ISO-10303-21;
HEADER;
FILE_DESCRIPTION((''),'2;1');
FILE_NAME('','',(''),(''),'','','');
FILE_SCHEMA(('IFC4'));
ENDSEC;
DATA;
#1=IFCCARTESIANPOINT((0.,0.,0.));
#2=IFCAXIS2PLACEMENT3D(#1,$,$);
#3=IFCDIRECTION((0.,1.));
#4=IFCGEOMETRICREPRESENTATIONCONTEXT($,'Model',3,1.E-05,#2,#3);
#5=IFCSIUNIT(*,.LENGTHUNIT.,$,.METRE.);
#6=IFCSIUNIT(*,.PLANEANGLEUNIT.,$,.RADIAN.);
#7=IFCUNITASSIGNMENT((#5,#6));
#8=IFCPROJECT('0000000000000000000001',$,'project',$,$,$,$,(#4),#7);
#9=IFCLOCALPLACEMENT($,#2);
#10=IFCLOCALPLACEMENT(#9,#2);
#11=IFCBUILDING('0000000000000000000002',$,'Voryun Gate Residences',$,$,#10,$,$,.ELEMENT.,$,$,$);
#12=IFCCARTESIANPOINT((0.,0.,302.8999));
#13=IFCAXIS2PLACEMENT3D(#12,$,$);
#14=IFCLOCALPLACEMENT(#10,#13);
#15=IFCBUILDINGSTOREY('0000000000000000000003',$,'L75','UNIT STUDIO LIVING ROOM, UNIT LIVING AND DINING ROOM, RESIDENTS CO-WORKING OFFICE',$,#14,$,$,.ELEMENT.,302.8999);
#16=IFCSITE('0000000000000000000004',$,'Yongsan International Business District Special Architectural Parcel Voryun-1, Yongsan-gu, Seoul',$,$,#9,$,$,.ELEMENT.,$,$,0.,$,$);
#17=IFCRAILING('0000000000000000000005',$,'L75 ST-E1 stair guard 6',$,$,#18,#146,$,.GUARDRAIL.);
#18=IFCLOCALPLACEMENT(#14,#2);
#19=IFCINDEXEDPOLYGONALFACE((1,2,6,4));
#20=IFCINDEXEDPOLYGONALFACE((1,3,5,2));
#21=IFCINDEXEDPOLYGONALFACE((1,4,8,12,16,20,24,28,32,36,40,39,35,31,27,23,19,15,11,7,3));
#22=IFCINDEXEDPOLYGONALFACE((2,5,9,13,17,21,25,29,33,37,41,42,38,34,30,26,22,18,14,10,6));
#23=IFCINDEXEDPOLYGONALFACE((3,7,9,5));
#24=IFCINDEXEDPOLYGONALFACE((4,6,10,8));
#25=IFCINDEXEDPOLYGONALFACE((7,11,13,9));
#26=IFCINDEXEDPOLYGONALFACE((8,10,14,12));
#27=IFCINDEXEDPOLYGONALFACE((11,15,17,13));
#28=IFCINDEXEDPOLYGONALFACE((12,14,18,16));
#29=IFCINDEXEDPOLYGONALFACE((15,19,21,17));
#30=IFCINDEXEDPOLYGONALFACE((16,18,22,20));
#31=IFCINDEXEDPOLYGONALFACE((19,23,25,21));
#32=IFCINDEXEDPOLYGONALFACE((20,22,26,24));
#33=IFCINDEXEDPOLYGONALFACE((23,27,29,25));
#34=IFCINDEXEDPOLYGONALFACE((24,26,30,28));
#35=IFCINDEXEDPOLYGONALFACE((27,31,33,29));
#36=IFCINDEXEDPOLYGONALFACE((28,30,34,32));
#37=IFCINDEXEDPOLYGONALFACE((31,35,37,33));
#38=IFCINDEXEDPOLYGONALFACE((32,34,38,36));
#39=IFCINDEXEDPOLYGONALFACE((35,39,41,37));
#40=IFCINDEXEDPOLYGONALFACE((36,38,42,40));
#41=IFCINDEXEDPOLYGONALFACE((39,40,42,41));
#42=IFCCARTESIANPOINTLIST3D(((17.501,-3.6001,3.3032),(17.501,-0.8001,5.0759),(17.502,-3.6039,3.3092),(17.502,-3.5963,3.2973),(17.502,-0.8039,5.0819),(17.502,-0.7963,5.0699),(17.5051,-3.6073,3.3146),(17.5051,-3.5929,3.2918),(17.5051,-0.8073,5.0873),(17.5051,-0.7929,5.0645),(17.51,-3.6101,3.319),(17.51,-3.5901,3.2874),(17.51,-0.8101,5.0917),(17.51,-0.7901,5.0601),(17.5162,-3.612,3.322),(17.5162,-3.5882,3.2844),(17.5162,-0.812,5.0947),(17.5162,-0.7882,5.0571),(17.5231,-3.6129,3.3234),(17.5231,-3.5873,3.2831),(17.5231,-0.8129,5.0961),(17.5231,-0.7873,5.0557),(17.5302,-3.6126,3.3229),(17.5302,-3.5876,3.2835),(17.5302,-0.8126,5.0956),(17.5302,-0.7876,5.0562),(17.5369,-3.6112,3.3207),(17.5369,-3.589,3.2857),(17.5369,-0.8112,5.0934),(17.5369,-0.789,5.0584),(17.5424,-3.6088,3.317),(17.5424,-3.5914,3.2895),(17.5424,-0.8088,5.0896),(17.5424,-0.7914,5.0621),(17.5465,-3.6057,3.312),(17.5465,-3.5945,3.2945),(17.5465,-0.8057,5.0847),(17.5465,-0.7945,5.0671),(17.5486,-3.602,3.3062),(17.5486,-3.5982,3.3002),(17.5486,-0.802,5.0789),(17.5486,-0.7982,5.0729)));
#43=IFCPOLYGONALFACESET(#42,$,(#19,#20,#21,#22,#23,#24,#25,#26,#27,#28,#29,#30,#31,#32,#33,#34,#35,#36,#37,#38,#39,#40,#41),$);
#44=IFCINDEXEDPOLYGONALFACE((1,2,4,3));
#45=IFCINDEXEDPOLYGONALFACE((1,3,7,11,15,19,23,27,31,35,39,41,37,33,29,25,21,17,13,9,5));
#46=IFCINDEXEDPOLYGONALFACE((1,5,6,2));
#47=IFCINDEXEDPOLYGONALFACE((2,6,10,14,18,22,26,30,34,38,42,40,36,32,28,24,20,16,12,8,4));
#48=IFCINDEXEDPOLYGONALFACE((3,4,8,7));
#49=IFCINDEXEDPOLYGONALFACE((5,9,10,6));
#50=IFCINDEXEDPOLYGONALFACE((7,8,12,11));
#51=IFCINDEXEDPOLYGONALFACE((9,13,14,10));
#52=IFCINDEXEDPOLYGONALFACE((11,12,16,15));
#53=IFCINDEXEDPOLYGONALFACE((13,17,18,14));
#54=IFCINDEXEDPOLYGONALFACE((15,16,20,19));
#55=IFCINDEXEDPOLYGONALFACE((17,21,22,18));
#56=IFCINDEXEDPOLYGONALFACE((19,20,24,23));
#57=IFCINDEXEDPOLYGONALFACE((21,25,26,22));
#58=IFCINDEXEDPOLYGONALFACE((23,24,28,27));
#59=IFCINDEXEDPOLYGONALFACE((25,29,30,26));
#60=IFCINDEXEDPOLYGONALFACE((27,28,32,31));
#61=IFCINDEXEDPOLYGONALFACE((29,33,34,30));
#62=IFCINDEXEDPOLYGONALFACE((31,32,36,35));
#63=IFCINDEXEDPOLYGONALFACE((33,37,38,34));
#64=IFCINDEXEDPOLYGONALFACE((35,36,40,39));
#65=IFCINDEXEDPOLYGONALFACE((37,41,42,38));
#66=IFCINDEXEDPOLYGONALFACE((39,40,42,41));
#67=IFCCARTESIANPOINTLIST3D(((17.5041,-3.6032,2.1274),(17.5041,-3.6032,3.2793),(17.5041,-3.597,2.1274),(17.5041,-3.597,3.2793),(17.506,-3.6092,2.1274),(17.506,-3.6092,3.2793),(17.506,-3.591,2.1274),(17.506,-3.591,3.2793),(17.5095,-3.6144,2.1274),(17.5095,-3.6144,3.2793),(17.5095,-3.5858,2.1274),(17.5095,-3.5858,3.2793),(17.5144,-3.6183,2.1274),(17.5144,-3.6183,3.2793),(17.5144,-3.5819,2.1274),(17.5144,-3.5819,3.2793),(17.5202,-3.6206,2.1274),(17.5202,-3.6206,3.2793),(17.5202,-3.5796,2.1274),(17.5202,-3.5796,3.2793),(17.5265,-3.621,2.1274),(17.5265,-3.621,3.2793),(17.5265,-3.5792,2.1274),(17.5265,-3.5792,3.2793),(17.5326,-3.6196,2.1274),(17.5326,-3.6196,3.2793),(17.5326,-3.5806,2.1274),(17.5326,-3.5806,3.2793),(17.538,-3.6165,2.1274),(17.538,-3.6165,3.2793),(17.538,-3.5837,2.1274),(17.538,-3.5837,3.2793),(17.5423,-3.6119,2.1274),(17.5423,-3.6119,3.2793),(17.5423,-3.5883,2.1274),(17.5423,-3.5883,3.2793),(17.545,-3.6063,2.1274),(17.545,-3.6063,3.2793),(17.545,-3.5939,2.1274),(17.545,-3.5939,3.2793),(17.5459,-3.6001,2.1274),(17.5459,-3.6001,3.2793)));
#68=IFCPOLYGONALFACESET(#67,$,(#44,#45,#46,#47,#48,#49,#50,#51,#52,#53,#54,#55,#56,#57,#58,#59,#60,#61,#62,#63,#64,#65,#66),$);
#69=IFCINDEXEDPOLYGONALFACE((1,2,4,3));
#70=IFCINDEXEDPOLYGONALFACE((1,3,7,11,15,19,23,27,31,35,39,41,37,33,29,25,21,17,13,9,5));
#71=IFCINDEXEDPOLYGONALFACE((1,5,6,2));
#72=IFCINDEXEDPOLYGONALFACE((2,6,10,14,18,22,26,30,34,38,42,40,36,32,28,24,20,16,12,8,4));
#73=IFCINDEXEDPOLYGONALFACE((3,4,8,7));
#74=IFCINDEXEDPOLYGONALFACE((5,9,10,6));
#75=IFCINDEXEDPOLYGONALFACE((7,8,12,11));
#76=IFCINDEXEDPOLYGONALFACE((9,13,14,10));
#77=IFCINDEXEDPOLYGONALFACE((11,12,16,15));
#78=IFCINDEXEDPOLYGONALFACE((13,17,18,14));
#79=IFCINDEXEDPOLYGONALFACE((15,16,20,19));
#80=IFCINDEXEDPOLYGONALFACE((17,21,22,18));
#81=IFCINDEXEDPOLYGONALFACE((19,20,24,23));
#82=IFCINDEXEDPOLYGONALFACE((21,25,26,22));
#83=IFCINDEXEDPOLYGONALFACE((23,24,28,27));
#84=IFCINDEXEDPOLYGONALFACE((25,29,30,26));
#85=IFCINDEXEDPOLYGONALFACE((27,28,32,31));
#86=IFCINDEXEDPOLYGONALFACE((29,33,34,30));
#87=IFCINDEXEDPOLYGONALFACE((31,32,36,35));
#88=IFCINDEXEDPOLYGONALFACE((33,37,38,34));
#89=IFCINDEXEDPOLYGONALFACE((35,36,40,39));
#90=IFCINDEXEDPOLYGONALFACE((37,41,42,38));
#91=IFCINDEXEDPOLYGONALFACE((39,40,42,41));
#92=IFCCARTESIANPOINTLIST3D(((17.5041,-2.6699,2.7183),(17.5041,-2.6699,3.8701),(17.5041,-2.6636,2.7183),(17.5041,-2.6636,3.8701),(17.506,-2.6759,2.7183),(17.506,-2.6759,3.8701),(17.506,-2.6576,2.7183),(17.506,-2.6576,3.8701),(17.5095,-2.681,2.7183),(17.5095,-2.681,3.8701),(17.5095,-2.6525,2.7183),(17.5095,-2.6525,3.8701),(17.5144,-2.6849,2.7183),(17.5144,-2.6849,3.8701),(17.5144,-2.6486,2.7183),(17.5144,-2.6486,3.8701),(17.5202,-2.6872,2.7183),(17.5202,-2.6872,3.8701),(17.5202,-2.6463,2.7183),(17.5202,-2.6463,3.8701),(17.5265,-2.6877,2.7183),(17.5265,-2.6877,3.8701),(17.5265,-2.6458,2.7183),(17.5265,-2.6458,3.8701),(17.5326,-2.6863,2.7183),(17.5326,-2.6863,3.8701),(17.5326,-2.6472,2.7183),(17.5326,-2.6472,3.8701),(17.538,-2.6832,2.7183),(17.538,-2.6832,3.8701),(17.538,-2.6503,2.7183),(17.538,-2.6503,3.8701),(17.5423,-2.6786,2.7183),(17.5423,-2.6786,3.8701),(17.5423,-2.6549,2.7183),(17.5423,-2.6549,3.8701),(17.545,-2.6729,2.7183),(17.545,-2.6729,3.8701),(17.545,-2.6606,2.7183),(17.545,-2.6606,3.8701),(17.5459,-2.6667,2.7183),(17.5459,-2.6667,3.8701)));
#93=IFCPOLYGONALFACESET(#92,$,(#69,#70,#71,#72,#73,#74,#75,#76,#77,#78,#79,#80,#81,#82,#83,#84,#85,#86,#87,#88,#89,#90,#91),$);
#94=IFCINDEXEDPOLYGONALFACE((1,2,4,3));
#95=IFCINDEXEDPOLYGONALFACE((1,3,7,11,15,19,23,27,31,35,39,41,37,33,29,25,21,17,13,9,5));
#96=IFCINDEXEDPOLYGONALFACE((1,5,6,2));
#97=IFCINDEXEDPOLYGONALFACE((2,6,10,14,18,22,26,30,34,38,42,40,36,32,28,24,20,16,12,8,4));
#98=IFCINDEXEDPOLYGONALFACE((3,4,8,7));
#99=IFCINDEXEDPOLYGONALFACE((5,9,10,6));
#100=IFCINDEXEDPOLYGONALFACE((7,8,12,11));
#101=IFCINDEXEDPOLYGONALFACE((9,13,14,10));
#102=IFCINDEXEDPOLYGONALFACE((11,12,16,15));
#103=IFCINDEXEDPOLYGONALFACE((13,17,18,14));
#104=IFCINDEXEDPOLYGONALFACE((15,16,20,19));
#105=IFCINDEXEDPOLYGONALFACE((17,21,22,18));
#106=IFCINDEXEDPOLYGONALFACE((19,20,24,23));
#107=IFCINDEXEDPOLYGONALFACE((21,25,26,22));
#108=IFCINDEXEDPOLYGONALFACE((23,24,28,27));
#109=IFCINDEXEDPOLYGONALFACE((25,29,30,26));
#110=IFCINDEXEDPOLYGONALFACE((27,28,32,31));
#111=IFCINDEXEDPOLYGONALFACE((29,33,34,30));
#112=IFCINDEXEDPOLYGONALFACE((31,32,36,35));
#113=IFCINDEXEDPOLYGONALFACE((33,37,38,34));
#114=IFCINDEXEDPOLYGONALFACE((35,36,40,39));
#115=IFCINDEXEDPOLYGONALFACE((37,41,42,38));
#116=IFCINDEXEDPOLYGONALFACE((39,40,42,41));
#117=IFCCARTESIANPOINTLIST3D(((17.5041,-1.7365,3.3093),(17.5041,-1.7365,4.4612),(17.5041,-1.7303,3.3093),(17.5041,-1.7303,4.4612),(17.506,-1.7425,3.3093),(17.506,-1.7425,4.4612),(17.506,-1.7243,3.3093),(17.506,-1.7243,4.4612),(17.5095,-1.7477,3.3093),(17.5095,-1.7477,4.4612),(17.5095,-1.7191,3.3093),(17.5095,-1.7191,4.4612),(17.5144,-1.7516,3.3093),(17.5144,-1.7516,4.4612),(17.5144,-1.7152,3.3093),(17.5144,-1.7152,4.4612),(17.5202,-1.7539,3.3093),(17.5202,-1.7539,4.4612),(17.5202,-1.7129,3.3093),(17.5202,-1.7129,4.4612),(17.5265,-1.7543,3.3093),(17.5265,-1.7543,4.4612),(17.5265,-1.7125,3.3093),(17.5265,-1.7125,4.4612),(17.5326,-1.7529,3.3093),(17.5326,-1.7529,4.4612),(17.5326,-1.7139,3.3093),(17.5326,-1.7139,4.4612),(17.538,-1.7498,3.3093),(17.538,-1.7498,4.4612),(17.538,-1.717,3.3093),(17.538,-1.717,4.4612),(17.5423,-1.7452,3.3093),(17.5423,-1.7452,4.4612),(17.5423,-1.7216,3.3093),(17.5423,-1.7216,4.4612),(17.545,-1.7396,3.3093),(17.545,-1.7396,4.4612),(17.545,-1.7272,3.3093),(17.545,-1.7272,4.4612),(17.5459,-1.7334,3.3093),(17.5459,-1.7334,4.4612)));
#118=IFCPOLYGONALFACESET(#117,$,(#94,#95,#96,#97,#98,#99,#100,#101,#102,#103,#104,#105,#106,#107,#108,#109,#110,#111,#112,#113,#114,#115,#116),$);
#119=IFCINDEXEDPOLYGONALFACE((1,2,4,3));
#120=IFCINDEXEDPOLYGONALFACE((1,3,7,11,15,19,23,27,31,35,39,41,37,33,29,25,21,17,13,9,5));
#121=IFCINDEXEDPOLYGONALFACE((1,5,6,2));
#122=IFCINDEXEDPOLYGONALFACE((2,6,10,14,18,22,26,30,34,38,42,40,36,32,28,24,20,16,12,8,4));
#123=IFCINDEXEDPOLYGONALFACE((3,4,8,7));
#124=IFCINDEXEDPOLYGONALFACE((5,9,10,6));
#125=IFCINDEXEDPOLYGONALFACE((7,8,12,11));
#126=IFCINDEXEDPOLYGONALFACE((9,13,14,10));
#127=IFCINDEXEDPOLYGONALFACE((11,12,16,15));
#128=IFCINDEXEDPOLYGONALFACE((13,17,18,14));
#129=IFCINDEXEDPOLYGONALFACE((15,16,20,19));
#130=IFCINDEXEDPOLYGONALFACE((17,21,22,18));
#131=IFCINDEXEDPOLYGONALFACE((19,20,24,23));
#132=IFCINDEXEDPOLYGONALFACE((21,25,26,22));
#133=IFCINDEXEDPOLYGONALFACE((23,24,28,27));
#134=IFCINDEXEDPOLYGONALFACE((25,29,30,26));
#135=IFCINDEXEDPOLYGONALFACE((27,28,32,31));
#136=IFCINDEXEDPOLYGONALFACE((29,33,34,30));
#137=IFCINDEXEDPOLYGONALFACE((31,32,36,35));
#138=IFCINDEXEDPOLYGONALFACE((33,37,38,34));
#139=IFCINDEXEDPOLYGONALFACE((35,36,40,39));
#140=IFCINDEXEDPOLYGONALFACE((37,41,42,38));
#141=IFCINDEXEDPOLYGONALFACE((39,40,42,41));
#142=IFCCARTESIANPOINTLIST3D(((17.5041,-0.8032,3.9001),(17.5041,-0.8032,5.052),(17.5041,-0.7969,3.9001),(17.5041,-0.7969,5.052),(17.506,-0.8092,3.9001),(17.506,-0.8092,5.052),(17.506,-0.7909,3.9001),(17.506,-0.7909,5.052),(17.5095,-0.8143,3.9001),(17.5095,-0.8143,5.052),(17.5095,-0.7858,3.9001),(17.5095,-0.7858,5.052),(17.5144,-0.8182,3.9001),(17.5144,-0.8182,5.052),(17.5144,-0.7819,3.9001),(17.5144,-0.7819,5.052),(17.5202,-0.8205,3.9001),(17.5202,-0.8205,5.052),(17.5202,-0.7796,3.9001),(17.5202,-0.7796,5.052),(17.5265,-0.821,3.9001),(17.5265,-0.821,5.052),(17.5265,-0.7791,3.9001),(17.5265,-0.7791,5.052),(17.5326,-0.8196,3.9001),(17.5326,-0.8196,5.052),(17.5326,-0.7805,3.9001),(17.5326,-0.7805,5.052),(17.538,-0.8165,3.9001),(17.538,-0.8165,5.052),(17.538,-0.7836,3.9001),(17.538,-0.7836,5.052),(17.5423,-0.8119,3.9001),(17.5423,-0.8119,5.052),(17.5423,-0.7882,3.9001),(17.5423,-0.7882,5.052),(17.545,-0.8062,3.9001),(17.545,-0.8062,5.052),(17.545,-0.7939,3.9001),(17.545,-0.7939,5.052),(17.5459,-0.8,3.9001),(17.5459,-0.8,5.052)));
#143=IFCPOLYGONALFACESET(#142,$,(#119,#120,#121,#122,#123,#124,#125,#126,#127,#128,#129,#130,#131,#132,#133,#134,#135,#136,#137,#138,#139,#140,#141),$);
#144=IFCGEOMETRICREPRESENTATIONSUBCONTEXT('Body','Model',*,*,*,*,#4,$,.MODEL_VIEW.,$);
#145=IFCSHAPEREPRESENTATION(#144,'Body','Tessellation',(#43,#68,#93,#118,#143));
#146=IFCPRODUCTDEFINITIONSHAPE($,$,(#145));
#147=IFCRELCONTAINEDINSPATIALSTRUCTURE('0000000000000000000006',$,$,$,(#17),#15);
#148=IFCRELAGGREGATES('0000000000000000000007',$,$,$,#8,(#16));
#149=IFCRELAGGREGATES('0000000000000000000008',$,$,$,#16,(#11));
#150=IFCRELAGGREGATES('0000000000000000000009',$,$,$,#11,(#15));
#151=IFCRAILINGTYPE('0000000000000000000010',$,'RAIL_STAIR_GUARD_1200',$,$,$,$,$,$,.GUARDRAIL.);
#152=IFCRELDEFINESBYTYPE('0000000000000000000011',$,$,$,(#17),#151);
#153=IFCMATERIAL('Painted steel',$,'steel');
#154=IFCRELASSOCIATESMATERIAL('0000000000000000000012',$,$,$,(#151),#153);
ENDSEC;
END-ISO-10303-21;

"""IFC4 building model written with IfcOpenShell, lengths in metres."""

from ifc_helpers import new_model, si_unit, direction, frame, origin, origin_2d, place, context, subcontext, project, spatial, circle, extrude, material, type_object, element, save


model = new_model("IFC4")

# Units and contexts
model_context = context("Model", 3, precision=1e-05, world=origin(), true_north=direction((0.0, 1.0)))
body_context = subcontext(model_context, "Body", "Model", "MODEL_VIEW")
ifc_project = project(units=[si_unit("LENGTHUNIT", "METRE"), si_unit("PLANEANGLEUNIT", "RADIAN")], contexts=[model_context])

# Site, building, storey
site_placement = place(None, origin())
site = spatial("IfcSite", under=ifc_project, at=site_placement, Name="Yongsan International Business District Special Architectural Parcel Voryun-1, Yongsan-gu, Seoul", CompositionType="ELEMENT", RefElevation=0.0)
building_placement = place(site_placement, origin())
building = spatial("IfcBuilding", under=site, at=building_placement, Name="Voryun Gate Residences", CompositionType="ELEMENT")
storey_placement = place(building_placement, frame((0.0, 0.0, 302.8999)))
storey = spatial("IfcBuildingStorey", under=building, at=storey_placement, Name="L75", Description="UNIT STUDIO LIVING ROOM, UNIT LIVING AND DINING ROOM, RESIDENTS CO-WORKING OFFICE", CompositionType="ELEMENT", Elevation=302.8999)

# Railing
ifc_material_1 = material(Name="Painted steel", Category="steel")
railing_type_1 = type_object("IfcRailingType", Name="RAIL_STAIR_GUARD_1200", PredefinedType="GUARDRAIL", material=ifc_material_1)
railing_1_placement = place(storey_placement, frame((17.5249, -3.6001, 2.1274)))
element("IfcRailing", 1, at=railing_1_placement, inside=storey, type_object=railing_type_1, Name="L75 ST-E1 stair guard 6", PredefinedType="GUARDRAIL", context=body_context, shape_type="SweptSolid", body=[
    extrude(circle(Radius=0.0239, at=origin_2d()), frame((0.0, 0.0, 1.1758), z_axis=(0.0, 0.844909, 0.53491), x_axis=(-1.0, 0.0, 0.0)), (0.0, 0.0, 1.0), 3.314),
    extrude(circle(Radius=0.021, at=origin_2d()), origin(), (0.0, 0.0, 1.0), 1.1519),
    extrude(circle(Radius=0.021, at=origin_2d()), frame((0.0, 0.9333, 0.5908)), (0.0, 0.0, 1.0), 1.1519),
    extrude(circle(Radius=0.021, at=origin_2d()), frame((0.0, 1.8667, 1.1819)), (0.0, 0.0, 1.0), 1.1519),
    extrude(circle(Radius=0.021, at=origin_2d()), frame((0.0, 2.8, 1.7727)), (0.0, 0.0, 1.0), 1.1519),
])

save(model, "model.ifc")
